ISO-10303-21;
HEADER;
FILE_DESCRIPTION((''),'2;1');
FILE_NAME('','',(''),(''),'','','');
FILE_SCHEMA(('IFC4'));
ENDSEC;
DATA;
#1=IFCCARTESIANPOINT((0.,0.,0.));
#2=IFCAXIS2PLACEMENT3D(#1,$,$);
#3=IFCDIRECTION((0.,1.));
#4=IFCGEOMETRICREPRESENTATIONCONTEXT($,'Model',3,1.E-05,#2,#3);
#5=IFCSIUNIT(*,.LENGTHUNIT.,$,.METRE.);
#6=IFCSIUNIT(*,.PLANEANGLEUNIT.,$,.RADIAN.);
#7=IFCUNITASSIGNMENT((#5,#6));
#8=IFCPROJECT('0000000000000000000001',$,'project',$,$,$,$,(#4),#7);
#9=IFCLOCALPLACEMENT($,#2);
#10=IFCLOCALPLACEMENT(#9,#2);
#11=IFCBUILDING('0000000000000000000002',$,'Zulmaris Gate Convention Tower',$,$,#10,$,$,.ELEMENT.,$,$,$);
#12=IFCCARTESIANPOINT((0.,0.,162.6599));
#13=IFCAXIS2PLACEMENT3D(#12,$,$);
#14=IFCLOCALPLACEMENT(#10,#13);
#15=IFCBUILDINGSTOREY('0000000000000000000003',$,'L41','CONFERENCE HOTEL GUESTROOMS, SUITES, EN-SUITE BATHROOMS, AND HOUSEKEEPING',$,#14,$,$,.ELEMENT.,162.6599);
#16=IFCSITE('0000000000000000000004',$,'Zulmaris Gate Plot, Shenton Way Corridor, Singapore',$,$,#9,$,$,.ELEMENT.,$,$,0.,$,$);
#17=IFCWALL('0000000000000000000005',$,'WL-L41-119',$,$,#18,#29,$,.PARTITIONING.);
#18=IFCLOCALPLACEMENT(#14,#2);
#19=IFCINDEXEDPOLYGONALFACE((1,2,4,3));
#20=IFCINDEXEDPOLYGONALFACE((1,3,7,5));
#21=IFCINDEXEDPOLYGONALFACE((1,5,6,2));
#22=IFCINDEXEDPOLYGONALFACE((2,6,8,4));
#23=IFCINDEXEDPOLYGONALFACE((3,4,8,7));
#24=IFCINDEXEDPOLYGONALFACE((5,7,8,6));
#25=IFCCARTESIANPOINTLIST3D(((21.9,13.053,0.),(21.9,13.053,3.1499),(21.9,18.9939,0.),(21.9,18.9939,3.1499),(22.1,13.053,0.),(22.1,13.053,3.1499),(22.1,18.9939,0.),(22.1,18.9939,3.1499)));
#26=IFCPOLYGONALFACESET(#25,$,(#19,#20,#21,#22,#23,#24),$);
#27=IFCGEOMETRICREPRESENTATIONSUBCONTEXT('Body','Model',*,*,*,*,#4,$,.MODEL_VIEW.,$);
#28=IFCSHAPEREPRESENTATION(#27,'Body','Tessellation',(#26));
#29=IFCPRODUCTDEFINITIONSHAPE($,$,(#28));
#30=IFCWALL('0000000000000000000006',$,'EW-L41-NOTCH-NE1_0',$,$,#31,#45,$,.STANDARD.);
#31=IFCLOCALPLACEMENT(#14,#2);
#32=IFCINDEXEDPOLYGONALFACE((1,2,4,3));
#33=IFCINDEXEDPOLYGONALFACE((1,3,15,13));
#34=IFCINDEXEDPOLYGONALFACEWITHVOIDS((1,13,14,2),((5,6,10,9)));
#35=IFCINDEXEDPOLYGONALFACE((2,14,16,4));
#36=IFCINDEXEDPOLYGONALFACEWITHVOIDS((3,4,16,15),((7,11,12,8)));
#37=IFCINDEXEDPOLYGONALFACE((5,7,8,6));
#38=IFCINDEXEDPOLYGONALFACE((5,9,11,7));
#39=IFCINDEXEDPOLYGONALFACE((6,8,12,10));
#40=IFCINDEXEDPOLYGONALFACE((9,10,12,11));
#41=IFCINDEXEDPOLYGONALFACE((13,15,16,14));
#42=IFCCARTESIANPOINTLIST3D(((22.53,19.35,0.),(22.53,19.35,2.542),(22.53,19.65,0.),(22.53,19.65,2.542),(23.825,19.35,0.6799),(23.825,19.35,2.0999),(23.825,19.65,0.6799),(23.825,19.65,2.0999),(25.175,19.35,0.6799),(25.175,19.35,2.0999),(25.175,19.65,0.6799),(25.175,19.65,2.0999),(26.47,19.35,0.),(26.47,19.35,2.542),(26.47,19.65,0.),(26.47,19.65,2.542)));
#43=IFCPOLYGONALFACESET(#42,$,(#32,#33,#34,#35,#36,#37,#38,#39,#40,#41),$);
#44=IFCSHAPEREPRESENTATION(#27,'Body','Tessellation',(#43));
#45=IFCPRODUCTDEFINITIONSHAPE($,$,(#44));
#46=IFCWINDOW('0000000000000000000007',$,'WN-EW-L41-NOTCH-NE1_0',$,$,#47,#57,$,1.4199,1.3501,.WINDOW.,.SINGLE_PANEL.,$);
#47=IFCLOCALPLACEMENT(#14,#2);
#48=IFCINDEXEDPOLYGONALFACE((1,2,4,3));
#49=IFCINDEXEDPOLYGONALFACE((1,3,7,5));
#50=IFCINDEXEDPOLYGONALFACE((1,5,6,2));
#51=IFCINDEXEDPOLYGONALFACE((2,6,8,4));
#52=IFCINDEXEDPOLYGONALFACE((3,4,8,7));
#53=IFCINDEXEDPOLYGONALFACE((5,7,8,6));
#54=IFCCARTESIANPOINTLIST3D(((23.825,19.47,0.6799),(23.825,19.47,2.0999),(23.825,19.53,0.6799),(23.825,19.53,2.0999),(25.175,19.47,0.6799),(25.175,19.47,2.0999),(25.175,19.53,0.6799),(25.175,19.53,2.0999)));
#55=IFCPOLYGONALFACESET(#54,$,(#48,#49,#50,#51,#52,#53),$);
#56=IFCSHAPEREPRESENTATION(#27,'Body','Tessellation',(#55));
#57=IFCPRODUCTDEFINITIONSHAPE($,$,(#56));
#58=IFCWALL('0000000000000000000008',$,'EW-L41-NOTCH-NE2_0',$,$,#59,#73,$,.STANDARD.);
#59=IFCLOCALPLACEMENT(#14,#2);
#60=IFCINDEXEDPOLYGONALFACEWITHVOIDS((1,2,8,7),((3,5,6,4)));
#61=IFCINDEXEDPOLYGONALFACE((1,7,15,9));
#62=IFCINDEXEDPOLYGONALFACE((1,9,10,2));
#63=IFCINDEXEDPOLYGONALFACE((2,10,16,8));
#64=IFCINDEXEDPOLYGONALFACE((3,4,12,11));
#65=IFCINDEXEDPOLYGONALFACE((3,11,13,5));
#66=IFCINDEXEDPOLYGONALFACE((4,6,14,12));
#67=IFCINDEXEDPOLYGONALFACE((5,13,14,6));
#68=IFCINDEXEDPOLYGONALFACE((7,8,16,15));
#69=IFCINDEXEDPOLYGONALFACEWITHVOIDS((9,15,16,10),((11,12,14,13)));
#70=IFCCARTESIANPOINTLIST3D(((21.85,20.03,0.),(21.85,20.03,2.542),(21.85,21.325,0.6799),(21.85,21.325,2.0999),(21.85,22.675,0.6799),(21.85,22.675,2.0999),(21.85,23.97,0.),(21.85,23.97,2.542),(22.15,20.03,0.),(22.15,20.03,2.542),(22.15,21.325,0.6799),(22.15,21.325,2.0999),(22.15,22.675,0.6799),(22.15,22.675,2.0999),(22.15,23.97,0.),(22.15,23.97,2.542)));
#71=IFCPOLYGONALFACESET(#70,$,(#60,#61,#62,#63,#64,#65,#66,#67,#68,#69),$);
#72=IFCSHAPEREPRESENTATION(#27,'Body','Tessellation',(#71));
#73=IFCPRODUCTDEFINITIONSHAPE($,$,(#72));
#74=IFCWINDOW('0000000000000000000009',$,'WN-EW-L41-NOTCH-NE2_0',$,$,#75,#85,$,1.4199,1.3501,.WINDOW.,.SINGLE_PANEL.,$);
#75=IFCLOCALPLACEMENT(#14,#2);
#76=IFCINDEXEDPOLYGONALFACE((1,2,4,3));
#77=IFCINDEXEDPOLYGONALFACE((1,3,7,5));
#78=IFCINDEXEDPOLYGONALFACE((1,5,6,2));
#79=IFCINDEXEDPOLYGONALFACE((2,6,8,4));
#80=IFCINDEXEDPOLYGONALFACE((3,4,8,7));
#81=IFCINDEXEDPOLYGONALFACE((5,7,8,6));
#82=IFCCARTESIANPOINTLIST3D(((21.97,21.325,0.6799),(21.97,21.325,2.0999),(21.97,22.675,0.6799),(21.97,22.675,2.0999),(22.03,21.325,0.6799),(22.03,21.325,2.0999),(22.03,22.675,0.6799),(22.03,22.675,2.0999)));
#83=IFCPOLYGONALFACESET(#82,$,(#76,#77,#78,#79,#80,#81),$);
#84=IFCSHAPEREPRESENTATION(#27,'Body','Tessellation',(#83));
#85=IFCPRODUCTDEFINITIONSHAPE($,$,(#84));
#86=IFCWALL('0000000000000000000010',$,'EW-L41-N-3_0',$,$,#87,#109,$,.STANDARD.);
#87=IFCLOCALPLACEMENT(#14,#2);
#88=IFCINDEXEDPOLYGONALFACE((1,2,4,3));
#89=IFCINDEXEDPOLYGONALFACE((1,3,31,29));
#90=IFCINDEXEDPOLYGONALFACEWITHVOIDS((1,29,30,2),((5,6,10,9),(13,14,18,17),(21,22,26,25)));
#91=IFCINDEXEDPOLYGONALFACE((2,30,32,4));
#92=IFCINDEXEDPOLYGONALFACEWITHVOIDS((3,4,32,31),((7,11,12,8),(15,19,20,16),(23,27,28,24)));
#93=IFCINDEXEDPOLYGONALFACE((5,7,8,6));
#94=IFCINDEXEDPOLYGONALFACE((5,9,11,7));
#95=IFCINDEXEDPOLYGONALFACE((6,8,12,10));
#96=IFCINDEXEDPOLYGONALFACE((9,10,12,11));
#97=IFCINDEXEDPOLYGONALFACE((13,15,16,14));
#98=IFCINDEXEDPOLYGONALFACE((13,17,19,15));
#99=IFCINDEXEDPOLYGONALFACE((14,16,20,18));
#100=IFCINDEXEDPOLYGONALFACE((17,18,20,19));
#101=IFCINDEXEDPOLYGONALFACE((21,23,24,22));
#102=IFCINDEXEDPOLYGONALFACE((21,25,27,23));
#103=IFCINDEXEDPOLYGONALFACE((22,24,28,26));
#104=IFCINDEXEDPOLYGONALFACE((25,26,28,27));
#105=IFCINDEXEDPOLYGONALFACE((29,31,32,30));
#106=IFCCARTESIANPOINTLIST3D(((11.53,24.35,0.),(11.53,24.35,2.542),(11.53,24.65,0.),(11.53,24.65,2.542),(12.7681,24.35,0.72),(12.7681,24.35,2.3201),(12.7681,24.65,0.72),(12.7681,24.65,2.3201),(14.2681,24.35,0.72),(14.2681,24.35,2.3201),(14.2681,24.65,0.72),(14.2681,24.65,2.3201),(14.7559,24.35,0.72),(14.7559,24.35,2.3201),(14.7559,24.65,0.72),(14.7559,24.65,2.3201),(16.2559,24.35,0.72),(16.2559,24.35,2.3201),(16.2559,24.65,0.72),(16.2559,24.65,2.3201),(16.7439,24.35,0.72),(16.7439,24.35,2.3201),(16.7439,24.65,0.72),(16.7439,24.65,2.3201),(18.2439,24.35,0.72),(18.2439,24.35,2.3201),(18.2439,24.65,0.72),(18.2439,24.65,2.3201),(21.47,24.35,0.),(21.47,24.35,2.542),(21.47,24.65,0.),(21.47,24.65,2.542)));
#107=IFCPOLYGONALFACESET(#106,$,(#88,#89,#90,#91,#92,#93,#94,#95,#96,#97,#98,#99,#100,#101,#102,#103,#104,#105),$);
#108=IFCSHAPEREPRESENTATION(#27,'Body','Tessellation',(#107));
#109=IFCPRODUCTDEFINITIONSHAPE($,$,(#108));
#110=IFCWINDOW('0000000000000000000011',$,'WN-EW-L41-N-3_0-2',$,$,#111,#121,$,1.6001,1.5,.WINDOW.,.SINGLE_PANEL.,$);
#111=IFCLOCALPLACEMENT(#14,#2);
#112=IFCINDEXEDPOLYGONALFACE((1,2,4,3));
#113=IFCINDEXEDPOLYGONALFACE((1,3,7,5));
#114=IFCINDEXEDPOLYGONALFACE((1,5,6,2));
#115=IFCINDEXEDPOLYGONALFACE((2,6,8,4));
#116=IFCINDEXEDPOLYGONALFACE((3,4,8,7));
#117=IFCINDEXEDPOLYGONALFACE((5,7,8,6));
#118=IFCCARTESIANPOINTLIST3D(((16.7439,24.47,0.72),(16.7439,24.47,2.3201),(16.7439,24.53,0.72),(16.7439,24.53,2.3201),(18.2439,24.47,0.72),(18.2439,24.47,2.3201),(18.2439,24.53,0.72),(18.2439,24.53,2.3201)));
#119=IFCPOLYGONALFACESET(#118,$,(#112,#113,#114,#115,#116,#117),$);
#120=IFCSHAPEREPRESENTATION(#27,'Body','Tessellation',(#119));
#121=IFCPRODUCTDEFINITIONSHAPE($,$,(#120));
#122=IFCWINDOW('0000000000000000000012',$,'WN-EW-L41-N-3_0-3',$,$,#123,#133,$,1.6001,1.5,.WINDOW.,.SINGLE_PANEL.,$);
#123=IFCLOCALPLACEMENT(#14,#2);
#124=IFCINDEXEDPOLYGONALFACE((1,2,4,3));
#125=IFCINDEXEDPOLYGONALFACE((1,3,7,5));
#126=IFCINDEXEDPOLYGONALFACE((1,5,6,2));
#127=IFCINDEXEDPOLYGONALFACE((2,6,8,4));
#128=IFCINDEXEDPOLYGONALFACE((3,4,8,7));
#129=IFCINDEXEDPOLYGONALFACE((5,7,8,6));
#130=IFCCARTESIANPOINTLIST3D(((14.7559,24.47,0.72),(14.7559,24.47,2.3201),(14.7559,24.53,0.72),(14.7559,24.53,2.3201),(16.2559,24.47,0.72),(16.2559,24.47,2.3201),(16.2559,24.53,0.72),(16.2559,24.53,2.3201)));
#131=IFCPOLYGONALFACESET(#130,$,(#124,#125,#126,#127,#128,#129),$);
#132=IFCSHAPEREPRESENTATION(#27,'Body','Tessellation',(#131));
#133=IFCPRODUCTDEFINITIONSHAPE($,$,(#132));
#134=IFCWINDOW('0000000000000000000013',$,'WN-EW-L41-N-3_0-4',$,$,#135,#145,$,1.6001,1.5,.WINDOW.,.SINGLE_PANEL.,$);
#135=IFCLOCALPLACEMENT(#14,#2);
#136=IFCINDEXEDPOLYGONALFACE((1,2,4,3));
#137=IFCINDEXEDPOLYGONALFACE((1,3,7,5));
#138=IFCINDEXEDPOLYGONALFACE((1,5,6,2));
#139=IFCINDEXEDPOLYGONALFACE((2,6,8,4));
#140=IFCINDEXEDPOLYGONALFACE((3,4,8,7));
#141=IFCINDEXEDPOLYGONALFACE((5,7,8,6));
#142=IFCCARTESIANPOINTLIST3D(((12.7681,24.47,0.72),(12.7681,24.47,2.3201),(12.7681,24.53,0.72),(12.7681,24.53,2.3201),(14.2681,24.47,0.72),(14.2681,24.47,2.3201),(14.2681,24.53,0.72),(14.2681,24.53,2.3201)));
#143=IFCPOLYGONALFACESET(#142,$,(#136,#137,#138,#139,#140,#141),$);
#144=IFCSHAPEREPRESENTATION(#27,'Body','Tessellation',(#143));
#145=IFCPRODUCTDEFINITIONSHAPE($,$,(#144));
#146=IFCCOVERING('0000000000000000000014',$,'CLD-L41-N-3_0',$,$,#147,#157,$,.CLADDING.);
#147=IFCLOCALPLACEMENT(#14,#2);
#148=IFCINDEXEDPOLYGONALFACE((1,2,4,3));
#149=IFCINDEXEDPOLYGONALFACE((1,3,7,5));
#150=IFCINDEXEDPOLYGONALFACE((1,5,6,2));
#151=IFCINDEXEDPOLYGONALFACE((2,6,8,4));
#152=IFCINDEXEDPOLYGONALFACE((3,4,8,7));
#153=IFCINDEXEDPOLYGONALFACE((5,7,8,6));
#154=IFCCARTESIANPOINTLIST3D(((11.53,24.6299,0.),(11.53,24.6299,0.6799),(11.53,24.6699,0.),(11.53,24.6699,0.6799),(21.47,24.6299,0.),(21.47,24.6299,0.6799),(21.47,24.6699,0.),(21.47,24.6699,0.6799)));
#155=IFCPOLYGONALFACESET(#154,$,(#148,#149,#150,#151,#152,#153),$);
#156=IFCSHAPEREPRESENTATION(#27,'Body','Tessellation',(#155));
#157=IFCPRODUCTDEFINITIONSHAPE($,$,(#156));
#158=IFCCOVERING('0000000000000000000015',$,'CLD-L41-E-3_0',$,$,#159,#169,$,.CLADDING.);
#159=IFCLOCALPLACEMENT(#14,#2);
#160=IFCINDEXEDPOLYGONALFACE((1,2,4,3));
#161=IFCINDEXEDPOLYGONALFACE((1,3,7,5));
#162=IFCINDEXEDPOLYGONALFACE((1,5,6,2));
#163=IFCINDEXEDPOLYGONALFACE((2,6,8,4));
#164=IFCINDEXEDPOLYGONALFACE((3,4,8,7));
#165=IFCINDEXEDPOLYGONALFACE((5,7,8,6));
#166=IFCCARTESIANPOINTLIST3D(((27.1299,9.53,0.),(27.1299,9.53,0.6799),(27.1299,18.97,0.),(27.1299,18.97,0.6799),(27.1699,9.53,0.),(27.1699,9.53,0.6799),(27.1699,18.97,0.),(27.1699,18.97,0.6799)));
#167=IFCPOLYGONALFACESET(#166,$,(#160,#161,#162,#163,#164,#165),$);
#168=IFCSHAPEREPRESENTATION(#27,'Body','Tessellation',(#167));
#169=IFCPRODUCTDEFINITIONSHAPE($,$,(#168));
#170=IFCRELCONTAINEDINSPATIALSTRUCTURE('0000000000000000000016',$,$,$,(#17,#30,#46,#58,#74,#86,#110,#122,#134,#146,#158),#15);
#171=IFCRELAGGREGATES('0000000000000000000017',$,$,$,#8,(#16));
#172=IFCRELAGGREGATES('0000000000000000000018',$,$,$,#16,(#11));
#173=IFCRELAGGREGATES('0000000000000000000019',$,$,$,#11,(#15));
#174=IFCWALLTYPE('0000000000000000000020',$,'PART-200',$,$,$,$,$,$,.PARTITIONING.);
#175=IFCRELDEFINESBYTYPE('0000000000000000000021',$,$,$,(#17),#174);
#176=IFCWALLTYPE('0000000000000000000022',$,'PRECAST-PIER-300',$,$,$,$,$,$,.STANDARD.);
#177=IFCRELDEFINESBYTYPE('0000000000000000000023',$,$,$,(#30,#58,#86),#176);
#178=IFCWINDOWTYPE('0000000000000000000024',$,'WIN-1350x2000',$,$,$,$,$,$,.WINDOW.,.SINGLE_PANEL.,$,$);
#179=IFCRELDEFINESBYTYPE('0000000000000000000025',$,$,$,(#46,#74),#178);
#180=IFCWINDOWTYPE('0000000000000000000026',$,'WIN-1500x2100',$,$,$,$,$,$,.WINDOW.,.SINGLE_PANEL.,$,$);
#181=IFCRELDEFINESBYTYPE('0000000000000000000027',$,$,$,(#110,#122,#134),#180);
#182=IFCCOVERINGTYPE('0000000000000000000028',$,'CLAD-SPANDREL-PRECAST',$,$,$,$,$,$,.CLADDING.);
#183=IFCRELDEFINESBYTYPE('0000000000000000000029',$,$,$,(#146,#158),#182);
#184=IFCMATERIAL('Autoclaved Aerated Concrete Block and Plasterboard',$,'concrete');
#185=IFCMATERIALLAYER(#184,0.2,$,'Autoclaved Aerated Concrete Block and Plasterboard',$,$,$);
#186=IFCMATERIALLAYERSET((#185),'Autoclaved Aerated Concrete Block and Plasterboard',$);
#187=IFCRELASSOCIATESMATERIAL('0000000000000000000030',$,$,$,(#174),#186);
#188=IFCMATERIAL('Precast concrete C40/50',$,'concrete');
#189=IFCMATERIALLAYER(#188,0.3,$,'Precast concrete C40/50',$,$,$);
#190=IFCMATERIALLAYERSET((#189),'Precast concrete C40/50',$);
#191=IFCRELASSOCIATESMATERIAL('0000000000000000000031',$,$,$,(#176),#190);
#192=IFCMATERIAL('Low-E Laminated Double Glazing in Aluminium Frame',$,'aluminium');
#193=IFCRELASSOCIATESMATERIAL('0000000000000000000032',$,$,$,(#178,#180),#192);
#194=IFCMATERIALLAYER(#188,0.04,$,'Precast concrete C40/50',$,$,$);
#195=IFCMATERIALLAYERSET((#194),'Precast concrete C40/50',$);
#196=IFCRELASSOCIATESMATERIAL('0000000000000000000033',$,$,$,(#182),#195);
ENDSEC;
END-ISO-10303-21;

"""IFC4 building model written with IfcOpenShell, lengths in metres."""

from ifc_helpers import new_model, si_unit, direction, frame, frame_2d, origin, place, context, subcontext, project, spatial, rectangle, extrude, material, layer, layer_set, type_object, element, fill, save


model = new_model("IFC4")

# Units and contexts
model_context = context("Model", 3, precision=1e-05, world=origin(), true_north=direction((0.0, 1.0)))
body_context = subcontext(model_context, "Body", "Model", "MODEL_VIEW")
ifc_project = project(units=[si_unit("LENGTHUNIT", "METRE"), si_unit("PLANEANGLEUNIT", "RADIAN")], contexts=[model_context])

# Site, building, storey
site_placement = place(None, origin())
site = spatial("IfcSite", under=ifc_project, at=site_placement, Name="Zulmaris Gate Plot, Shenton Way Corridor, Singapore", CompositionType="ELEMENT", RefElevation=0.0)
building_placement = place(site_placement, origin())
building = spatial("IfcBuilding", under=site, at=building_placement, Name="Zulmaris Gate Convention Tower", CompositionType="ELEMENT")
storey_placement = place(building_placement, frame((0.0, 0.0, 162.6599)))
storey = spatial("IfcBuildingStorey", under=building, at=storey_placement, Name="L41", Description="CONFERENCE HOTEL GUESTROOMS, SUITES, EN-SUITE BATHROOMS, AND HOUSEKEEPING", CompositionType="ELEMENT", Elevation=162.6599)

# Shared definitions
ifc_material_1 = material(Name="Autoclaved Aerated Concrete Block and Plasterboard", Category="concrete")
ifc_layer_1 = layer(ifc_material_1, 0.2, Name="Autoclaved Aerated Concrete Block and Plasterboard")
ifc_layer_set_1 = layer_set([ifc_layer_1], Name="Autoclaved Aerated Concrete Block and Plasterboard")
wall_type_1 = type_object("IfcWallType", Name="PART-200", PredefinedType="PARTITIONING", material=ifc_layer_set_1)

# Wall
wall_1_placement = place(storey_placement, frame((22.0, 13.053, 0.0), z_axis=(0.0, 0.0, 1.0), x_axis=(0.0, 1.0, 0.0)))
element("IfcWall", 1, at=wall_1_placement, inside=storey, type_object=wall_type_1, Name="WL-L41-119", PredefinedType="PARTITIONING", context=body_context, shape_type="SweptSolid", body=[
    extrude(rectangle(XDim=5.9409, YDim=0.2, at=frame_2d((2.9705, 0.0))), origin(), (0.0, 0.0, 1.0), 3.1499),
])

# Walls, openings, windows
ifc_material_2 = material(Name="Precast concrete C40/50", Category="concrete")
ifc_layer_2 = layer(ifc_material_2, 0.3, Name="Precast concrete C40/50")
ifc_layer_set_2 = layer_set([ifc_layer_2], Name="Precast concrete C40/50")
wall_type_2 = type_object("IfcWallType", Name="PRECAST-PIER-300", PredefinedType="STANDARD", material=ifc_layer_set_2)
wall_2_placement = place(storey_placement, frame((26.47, 19.5, 0.0), z_axis=(0.0, 0.0, 1.0), x_axis=(-1.0, 0.0, 0.0)))
wall_2 = element("IfcWall", 2, at=wall_2_placement, inside=storey, type_object=wall_type_2, Name="EW-L41-NOTCH-NE1_0", PredefinedType="STANDARD", context=body_context, shape_type="SweptSolid", body=[
    extrude(rectangle(XDim=3.9399, YDim=0.3, at=frame_2d((1.97, 0.0))), origin(), (0.0, 0.0, 1.0), 2.542),
])
opening_1_placement = place(wall_2_placement, frame((1.2949, 0.0, 0.6799)))
opening_1 = element("IfcOpeningElement", 3, at=opening_1_placement, cuts=wall_2, PredefinedType="OPENING", context=body_context, shape_type="SweptSolid", body=[
    extrude(rectangle(XDim=1.3501, YDim=1.4199, at=frame_2d((0.675, 0.71))), frame((0.0, 0.1602, 0.0), z_axis=(0.0, -1.0, 0.0), x_axis=(1.0, 0.0, 0.0)), (0.0, 0.0, 1.0), 0.3201),
])
ifc_material_3 = material(Name="Low-E Laminated Double Glazing in Aluminium Frame", Category="aluminium")
window_type_1 = type_object("IfcWindowType", Name="WIN-1350x2000", PartitioningType="SINGLE_PANEL", PredefinedType="WINDOW", material=ifc_material_3)
window_1_placement = place(opening_1_placement, origin())
window_1 = element("IfcWindow", 4, at=window_1_placement, inside=storey, type_object=window_type_1, Name="WN-EW-L41-NOTCH-NE1_0", OverallHeight=1.4199, OverallWidth=1.3501, PartitioningType="SINGLE_PANEL", PredefinedType="WINDOW", context=body_context, shape_type="SweptSolid", body=[
    extrude(rectangle(XDim=1.3501, YDim=1.4199, at=frame_2d((0.675, 0.71))), frame((0.0, 0.03, 0.0), z_axis=(0.0, -1.0, 0.0), x_axis=(1.0, 0.0, 0.0)), (0.0, 0.0, 1.0), 0.0601),
])
fill(opening_1, window_1)
wall_3_placement = place(storey_placement, frame((22.0, 20.03, 0.0), z_axis=(0.0, 0.0, 1.0), x_axis=(0.0, 1.0, 0.0)))
wall_3 = element("IfcWall", 5, at=wall_3_placement, inside=storey, type_object=wall_type_2, Name="EW-L41-NOTCH-NE2_0", PredefinedType="STANDARD", context=body_context, shape_type="SweptSolid", body=[
    extrude(rectangle(XDim=3.9399, YDim=0.3, at=frame_2d((1.97, 0.0))), origin(), (0.0, 0.0, 1.0), 2.542),
])
opening_2_placement = place(wall_3_placement, frame((1.2949, 0.0, 0.6799)))
opening_2 = element("IfcOpeningElement", 6, at=opening_2_placement, cuts=wall_3, PredefinedType="OPENING", context=body_context, shape_type="SweptSolid", body=[
    extrude(rectangle(XDim=1.3501, YDim=1.4199, at=frame_2d((0.675, 0.71))), frame((0.0, 0.1602, 0.0), z_axis=(0.0, -1.0, 0.0), x_axis=(1.0, 0.0, 0.0)), (0.0, 0.0, 1.0), 0.3201),
])
window_2_placement = place(opening_2_placement, origin())
window_2 = element("IfcWindow", 7, at=window_2_placement, inside=storey, type_object=window_type_1, Name="WN-EW-L41-NOTCH-NE2_0", OverallHeight=1.4199, OverallWidth=1.3501, PartitioningType="SINGLE_PANEL", PredefinedType="WINDOW", context=body_context, shape_type="SweptSolid", body=[
    extrude(rectangle(XDim=1.3501, YDim=1.4199, at=frame_2d((0.675, 0.71))), frame((0.0, 0.03, 0.0), z_axis=(0.0, -1.0, 0.0), x_axis=(1.0, 0.0, 0.0)), (0.0, 0.0, 1.0), 0.0601),
])
fill(opening_2, window_2)

# Wall, openings, windows
wall_4_placement = place(storey_placement, frame((21.47, 24.5, 0.0), z_axis=(0.0, 0.0, 1.0), x_axis=(-1.0, 0.0, 0.0)))
wall_4 = element("IfcWall", 8, at=wall_4_placement, inside=storey, type_object=wall_type_2, Name="EW-L41-N-3_0", PredefinedType="STANDARD", context=body_context, shape_type="SweptSolid", body=[
    extrude(rectangle(XDim=9.9399, YDim=0.3, at=frame_2d((4.97, 0.0))), origin(), (0.0, 0.0, 1.0), 2.542),
])
opening_3_placement = place(wall_4_placement, frame((3.2261, 0.0, 0.72)))
opening_3 = element("IfcOpeningElement", 9, at=opening_3_placement, cuts=wall_4, PredefinedType="OPENING", context=body_context, shape_type="SweptSolid", body=[
    extrude(rectangle(XDim=1.5, YDim=1.6001, at=frame_2d((0.75, 0.8))), frame((0.0, 0.1602, 0.0), z_axis=(0.0, -1.0, 0.0), x_axis=(1.0, 0.0, 0.0)), (0.0, 0.0, 1.0), 0.3201),
])
opening_4_placement = place(wall_4_placement, frame((5.2141, 0.0, 0.72)))
opening_4 = element("IfcOpeningElement", 10, at=opening_4_placement, cuts=wall_4, PredefinedType="OPENING", context=body_context, shape_type="SweptSolid", body=[
    extrude(rectangle(XDim=1.5, YDim=1.6001, at=frame_2d((0.75, 0.8))), frame((0.0, 0.1602, 0.0), z_axis=(0.0, -1.0, 0.0), x_axis=(1.0, 0.0, 0.0)), (0.0, 0.0, 1.0), 0.3201),
])
opening_5_placement = place(wall_4_placement, frame((7.2019, 0.0, 0.72)))
opening_5 = element("IfcOpeningElement", 11, at=opening_5_placement, cuts=wall_4, PredefinedType="OPENING", context=body_context, shape_type="SweptSolid", body=[
    extrude(rectangle(XDim=1.5, YDim=1.6001, at=frame_2d((0.75, 0.8))), frame((0.0, 0.1602, 0.0), z_axis=(0.0, -1.0, 0.0), x_axis=(1.0, 0.0, 0.0)), (0.0, 0.0, 1.0), 0.3201),
])
window_type_2 = type_object("IfcWindowType", Name="WIN-1500x2100", PartitioningType="SINGLE_PANEL", PredefinedType="WINDOW", material=ifc_material_3)
window_3_placement = place(opening_3_placement, origin())
window_3 = element("IfcWindow", 12, at=window_3_placement, inside=storey, type_object=window_type_2, Name="WN-EW-L41-N-3_0-2", OverallHeight=1.6001, OverallWidth=1.5, PartitioningType="SINGLE_PANEL", PredefinedType="WINDOW", context=body_context, shape_type="SweptSolid", body=[
    extrude(rectangle(XDim=1.5, YDim=1.6001, at=frame_2d((0.75, 0.8))), frame((0.0, 0.03, 0.0), z_axis=(0.0, -1.0, 0.0), x_axis=(1.0, 0.0, 0.0)), (0.0, 0.0, 1.0), 0.0601),
])
fill(opening_3, window_3)
window_4_placement = place(opening_4_placement, origin())
window_4 = element("IfcWindow", 13, at=window_4_placement, inside=storey, type_object=window_type_2, Name="WN-EW-L41-N-3_0-3", OverallHeight=1.6001, OverallWidth=1.5, PartitioningType="SINGLE_PANEL", PredefinedType="WINDOW", context=body_context, shape_type="SweptSolid", body=[
    extrude(rectangle(XDim=1.5, YDim=1.6001, at=frame_2d((0.75, 0.8))), frame((0.0, 0.03, 0.0), z_axis=(0.0, -1.0, 0.0), x_axis=(1.0, 0.0, 0.0)), (0.0, 0.0, 1.0), 0.0601),
])
fill(opening_4, window_4)
window_5_placement = place(opening_5_placement, origin())
window_5 = element("IfcWindow", 14, at=window_5_placement, inside=storey, type_object=window_type_2, Name="WN-EW-L41-N-3_0-4", OverallHeight=1.6001, OverallWidth=1.5, PartitioningType="SINGLE_PANEL", PredefinedType="WINDOW", context=body_context, shape_type="SweptSolid", body=[
    extrude(rectangle(XDim=1.5, YDim=1.6001, at=frame_2d((0.75, 0.8))), frame((0.0, 0.03, 0.0), z_axis=(0.0, -1.0, 0.0), x_axis=(1.0, 0.0, 0.0)), (0.0, 0.0, 1.0), 0.0601),
])
fill(opening_5, window_5)

# Coverings
ifc_layer_3 = layer(ifc_material_2, 0.04, Name="Precast concrete C40/50")
ifc_layer_set_3 = layer_set([ifc_layer_3], Name="Precast concrete C40/50")
covering_type_1 = type_object("IfcCoveringType", Name="CLAD-SPANDREL-PRECAST", PredefinedType="CLADDING", material=ifc_layer_set_3)
covering_1_placement = place(storey_placement, frame((21.47, 24.6499, 0.0), z_axis=(0.0, 0.0, 1.0), x_axis=(-1.0, 0.0, 0.0)))
element("IfcCovering", 15, at=covering_1_placement, inside=storey, type_object=covering_type_1, Name="CLD-L41-N-3_0", PredefinedType="CLADDING", context=body_context, shape_type="SweptSolid", body=[
    extrude(rectangle(XDim=9.9399, YDim=0.04, at=frame_2d((4.97, 0.0))), origin(), (0.0, 0.0, 1.0), 0.6799),
])
covering_2_placement = place(storey_placement, frame((27.1499, 9.53, 0.0), z_axis=(0.0, 0.0, 1.0), x_axis=(0.0, 1.0, 0.0)))
element("IfcCovering", 16, at=covering_2_placement, inside=storey, type_object=covering_type_1, Name="CLD-L41-E-3_0", PredefinedType="CLADDING", context=body_context, shape_type="SweptSolid", body=[
    extrude(rectangle(XDim=9.4399, YDim=0.04, at=frame_2d((4.72, 0.0))), origin(), (0.0, 0.0, 1.0), 0.6799),
])

save(model, "model.ifc")
